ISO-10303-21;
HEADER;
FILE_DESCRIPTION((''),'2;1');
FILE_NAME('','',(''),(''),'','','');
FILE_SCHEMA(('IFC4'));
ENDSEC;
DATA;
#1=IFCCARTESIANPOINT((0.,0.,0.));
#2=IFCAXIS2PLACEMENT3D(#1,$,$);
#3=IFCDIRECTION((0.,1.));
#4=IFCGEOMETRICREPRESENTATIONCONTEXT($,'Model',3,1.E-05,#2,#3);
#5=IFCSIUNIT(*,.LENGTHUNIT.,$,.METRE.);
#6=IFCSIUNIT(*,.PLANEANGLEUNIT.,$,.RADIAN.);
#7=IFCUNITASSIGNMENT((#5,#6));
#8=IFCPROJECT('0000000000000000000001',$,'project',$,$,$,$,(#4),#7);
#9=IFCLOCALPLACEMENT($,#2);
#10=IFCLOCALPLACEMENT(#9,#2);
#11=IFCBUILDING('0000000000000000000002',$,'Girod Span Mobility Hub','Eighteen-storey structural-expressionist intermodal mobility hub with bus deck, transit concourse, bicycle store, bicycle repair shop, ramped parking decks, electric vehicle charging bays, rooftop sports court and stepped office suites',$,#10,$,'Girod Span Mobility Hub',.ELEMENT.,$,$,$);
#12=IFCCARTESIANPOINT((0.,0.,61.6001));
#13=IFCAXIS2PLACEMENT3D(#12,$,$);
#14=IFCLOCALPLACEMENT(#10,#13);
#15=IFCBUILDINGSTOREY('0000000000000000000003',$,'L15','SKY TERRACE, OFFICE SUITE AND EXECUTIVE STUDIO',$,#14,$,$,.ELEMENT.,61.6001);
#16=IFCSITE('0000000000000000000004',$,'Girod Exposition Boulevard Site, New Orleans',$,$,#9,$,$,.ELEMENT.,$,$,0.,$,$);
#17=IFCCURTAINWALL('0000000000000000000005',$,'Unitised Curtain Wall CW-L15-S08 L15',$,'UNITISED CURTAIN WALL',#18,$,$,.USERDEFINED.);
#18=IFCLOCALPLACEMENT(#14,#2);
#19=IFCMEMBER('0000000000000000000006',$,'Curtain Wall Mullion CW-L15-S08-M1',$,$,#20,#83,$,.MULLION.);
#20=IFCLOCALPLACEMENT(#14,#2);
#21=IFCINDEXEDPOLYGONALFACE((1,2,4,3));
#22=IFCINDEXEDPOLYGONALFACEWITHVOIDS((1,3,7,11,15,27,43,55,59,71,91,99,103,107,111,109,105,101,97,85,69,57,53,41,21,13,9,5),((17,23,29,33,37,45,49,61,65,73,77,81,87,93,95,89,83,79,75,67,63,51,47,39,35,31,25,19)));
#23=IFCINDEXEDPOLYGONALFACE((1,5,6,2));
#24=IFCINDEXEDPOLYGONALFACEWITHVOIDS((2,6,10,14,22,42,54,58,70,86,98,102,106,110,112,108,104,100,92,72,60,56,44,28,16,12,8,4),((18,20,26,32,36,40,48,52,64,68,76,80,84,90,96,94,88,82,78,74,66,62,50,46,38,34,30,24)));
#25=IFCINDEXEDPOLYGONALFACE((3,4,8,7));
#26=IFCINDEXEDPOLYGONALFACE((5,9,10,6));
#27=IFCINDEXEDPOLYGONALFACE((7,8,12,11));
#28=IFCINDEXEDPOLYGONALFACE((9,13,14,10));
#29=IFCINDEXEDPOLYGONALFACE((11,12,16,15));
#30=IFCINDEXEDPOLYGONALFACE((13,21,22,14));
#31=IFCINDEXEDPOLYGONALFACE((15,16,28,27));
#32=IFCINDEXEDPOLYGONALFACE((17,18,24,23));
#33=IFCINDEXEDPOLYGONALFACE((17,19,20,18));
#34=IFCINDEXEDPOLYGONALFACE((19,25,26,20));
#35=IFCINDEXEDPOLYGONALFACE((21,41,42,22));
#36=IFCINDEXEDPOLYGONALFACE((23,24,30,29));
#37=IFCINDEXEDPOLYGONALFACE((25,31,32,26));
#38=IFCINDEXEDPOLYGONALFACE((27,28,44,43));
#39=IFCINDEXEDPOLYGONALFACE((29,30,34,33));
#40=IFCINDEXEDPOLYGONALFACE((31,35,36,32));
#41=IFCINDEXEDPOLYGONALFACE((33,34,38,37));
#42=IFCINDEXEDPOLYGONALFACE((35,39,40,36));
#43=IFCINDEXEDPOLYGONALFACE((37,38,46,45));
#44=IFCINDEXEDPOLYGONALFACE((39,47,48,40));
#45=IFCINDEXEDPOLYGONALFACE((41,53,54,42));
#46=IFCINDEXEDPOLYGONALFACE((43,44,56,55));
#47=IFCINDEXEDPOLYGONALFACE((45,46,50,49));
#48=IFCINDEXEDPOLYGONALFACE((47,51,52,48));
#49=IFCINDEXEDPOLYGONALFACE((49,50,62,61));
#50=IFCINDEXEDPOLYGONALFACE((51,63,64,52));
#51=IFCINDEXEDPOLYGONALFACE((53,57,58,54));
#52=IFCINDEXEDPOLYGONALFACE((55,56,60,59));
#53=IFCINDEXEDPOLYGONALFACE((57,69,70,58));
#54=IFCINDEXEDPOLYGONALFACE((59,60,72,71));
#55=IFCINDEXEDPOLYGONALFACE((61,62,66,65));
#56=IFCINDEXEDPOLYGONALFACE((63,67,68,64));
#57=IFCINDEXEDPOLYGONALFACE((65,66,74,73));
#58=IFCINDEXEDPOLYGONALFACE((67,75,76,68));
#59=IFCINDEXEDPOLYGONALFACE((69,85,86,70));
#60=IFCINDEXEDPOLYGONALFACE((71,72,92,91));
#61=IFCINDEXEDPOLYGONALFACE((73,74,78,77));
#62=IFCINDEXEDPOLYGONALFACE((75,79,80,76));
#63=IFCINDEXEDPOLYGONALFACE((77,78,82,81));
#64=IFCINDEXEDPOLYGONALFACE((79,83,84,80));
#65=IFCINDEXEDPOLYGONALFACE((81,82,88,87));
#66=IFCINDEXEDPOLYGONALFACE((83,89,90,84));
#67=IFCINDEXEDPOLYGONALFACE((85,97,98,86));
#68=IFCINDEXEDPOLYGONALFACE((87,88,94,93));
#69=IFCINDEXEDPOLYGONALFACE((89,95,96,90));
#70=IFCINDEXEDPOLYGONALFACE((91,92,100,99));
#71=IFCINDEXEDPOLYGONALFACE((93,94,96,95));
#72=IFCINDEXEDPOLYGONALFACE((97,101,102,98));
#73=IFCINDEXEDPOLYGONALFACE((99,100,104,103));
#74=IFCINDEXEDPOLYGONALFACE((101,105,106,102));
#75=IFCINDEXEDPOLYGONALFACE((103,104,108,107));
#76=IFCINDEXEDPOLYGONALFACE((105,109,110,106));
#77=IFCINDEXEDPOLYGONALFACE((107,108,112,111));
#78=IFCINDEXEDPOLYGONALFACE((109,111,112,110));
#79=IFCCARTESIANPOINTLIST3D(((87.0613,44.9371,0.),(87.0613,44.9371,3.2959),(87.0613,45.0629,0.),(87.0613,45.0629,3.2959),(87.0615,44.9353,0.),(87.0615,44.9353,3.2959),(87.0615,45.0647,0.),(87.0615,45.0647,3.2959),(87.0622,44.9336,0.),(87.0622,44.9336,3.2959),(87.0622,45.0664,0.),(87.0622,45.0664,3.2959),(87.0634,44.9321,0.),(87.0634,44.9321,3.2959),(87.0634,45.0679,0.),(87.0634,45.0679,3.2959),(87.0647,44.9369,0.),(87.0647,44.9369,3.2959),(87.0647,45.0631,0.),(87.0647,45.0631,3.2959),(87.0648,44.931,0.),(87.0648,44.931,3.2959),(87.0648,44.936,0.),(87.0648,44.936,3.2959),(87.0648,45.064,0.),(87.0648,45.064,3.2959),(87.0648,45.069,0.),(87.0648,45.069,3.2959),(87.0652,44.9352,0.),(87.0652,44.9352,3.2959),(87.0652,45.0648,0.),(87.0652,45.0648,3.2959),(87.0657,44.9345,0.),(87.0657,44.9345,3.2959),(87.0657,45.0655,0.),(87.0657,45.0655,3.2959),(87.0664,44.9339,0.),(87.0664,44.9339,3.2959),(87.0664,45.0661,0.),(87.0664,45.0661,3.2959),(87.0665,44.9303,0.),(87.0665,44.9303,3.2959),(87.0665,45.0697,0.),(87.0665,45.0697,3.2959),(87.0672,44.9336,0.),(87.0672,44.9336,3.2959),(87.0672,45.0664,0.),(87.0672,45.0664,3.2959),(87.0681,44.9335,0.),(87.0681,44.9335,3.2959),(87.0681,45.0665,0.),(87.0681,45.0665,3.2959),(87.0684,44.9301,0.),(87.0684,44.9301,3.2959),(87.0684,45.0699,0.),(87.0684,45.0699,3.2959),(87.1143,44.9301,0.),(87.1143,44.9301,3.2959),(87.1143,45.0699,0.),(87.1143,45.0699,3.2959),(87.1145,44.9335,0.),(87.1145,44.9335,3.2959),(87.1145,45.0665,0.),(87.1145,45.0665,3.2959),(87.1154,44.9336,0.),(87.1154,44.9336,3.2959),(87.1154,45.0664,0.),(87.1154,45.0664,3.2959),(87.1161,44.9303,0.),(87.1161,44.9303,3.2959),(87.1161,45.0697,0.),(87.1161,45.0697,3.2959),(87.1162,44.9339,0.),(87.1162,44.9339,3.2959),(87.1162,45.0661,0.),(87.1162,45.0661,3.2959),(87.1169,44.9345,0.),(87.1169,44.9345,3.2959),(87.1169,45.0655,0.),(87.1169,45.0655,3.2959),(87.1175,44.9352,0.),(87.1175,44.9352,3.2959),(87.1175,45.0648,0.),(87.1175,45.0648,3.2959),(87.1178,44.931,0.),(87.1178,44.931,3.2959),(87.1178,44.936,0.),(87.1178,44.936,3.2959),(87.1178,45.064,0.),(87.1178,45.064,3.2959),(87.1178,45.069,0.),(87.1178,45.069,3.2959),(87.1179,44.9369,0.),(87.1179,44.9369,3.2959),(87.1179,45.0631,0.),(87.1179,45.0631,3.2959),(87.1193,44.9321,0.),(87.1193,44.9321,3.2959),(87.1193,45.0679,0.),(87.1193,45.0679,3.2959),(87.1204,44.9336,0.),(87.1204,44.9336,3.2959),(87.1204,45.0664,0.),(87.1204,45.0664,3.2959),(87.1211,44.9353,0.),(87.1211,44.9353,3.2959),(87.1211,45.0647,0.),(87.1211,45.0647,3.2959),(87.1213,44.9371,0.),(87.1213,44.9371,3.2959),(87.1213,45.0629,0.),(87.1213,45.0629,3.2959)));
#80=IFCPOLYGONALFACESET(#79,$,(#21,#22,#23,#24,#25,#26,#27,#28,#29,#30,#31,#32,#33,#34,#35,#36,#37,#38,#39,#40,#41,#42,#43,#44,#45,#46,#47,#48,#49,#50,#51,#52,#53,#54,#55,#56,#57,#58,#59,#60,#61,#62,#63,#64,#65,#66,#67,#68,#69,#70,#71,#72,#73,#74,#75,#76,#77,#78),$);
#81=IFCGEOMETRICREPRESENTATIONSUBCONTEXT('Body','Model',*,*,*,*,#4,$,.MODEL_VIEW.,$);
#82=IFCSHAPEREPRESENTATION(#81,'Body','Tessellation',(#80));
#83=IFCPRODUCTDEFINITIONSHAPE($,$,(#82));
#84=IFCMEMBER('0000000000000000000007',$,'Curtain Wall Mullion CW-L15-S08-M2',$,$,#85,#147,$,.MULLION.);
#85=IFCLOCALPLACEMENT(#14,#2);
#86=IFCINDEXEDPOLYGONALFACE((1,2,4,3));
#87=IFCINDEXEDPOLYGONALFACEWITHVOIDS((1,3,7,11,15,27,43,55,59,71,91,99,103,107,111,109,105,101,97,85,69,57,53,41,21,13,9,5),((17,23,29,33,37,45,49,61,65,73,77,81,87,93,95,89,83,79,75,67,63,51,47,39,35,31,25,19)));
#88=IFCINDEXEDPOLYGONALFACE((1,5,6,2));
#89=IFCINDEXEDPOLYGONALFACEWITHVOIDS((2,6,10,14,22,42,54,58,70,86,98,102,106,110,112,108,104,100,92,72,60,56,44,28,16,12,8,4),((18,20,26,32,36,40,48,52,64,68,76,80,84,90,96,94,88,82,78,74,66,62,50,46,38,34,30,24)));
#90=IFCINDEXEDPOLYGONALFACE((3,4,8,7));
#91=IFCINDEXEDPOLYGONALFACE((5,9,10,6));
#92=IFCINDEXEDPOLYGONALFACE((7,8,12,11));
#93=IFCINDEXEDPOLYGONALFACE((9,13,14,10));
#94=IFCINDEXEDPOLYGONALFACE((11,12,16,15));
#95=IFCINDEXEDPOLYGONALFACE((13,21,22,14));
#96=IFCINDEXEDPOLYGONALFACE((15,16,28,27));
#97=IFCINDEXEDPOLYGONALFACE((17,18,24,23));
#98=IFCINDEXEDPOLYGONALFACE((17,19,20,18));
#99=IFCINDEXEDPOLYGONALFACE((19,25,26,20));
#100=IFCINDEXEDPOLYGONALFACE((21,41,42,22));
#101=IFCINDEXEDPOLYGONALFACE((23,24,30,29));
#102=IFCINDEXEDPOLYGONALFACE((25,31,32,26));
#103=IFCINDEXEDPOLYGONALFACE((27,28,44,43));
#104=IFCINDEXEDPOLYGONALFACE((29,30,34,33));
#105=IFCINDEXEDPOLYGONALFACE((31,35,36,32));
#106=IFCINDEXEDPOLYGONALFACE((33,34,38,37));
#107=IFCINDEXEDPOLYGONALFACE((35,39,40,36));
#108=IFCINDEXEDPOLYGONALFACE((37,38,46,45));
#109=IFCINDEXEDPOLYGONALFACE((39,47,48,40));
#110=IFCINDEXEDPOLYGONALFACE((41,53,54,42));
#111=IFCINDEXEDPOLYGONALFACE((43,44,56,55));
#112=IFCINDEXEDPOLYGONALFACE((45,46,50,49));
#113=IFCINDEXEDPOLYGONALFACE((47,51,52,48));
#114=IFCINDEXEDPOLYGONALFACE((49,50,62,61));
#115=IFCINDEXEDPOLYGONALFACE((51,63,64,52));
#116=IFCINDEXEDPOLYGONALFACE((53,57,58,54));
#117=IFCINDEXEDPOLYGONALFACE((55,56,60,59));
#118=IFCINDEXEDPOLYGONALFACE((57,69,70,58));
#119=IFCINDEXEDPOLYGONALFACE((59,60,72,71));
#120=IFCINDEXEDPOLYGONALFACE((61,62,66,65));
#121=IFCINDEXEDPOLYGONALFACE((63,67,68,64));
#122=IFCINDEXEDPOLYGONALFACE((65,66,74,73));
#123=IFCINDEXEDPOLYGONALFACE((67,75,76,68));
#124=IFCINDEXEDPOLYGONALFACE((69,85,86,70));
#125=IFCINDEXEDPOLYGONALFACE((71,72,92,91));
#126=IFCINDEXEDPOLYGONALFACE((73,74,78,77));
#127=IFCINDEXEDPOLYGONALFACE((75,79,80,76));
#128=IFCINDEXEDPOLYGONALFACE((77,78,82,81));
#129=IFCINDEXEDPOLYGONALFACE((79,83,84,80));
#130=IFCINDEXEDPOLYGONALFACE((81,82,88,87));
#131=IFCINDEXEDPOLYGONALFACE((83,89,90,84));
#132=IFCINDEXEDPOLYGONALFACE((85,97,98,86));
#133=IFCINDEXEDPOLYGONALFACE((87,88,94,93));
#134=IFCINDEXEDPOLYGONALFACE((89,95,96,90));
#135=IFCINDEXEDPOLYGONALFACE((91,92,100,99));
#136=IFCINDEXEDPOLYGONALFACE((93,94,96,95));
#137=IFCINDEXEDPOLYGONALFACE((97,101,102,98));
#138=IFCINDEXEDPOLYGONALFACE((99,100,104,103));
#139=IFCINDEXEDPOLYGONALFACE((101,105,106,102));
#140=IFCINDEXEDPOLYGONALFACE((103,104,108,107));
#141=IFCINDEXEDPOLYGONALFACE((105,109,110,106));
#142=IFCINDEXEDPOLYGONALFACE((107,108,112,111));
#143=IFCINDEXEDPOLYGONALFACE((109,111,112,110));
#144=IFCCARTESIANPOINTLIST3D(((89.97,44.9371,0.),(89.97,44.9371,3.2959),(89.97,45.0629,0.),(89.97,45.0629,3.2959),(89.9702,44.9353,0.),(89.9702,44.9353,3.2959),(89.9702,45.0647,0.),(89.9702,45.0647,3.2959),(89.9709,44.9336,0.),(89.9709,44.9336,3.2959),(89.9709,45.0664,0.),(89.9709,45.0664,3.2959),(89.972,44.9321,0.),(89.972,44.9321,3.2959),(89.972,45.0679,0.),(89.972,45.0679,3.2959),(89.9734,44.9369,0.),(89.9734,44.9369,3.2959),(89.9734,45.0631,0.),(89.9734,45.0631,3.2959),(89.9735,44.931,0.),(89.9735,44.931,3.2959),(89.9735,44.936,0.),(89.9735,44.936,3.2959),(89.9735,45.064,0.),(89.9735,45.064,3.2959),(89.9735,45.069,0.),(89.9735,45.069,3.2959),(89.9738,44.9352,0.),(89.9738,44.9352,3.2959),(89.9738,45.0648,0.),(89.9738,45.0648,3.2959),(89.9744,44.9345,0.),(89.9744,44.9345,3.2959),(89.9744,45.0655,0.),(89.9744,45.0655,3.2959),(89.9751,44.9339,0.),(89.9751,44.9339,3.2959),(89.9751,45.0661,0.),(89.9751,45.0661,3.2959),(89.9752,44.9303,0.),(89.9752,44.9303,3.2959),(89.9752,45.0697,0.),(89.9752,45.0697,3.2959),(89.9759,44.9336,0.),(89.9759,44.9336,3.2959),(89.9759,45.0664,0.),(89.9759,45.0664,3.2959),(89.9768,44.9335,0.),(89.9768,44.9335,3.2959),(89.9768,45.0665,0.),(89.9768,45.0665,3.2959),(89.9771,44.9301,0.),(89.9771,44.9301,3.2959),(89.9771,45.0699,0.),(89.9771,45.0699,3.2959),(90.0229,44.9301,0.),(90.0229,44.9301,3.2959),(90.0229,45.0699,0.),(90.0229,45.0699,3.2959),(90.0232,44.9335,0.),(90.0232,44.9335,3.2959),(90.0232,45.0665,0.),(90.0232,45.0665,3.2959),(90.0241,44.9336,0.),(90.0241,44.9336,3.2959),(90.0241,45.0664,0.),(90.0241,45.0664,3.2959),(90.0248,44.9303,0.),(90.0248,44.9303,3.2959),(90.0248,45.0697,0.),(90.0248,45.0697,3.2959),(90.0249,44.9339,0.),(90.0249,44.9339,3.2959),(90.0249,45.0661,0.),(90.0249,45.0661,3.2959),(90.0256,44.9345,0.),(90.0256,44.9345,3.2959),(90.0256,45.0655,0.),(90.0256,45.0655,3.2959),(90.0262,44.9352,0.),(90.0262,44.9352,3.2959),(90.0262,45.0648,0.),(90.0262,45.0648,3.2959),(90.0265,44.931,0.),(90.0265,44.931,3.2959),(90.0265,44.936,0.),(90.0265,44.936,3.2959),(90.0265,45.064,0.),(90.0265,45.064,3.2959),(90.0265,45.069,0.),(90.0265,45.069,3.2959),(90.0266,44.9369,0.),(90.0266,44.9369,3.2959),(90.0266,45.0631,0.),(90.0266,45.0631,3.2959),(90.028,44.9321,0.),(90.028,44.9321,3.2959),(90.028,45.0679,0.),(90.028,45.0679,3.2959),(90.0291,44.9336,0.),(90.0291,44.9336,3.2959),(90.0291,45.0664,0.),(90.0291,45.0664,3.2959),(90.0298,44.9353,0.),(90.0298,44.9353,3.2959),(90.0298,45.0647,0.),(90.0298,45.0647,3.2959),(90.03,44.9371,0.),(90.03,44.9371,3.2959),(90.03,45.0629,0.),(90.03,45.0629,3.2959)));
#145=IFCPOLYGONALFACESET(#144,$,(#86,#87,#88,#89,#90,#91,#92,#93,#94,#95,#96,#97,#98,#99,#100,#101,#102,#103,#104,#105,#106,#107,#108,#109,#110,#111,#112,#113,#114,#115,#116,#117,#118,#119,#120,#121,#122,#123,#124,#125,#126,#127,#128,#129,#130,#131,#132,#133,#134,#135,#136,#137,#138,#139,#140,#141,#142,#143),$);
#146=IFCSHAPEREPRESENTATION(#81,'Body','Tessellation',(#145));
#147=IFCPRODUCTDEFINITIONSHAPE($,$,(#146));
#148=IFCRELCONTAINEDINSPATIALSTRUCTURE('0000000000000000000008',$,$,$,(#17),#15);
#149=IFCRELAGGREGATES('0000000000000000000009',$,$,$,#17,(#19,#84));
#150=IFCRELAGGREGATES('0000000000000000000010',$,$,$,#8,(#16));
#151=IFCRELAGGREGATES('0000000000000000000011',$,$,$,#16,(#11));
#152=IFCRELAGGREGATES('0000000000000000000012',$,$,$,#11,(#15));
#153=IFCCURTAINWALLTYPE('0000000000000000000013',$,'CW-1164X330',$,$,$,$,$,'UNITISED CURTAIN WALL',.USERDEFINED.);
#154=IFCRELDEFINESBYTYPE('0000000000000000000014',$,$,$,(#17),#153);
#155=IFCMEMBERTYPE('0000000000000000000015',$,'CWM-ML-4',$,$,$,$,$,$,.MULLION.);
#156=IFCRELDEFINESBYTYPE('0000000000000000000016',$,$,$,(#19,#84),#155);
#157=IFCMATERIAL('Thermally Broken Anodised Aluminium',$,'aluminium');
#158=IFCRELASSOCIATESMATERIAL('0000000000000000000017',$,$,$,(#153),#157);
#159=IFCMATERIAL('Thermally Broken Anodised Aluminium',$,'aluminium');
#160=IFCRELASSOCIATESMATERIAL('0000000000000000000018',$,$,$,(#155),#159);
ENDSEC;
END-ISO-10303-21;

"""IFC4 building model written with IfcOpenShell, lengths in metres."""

from ifc_helpers import new_model, si_unit, direction, frame, origin, origin_2d, place, context, subcontext, project, spatial, hollow_rectangle, extrude, material, material_profile, profile_set, type_object, element, aggregate, save


model = new_model("IFC4")

# Units and contexts
model_context = context("Model", 3, precision=1e-05, world=origin(), true_north=direction((0.0, 1.0)))
body_context = subcontext(model_context, "Body", "Model", "MODEL_VIEW")
ifc_project = project(units=[si_unit("LENGTHUNIT", "METRE"), si_unit("PLANEANGLEUNIT", "RADIAN")], contexts=[model_context])

# Site, building, storey
site_placement = place(None, origin())
site = spatial("IfcSite", under=ifc_project, at=site_placement, Name="Girod Exposition Boulevard Site, New Orleans", CompositionType="ELEMENT", RefElevation=0.0)
building_placement = place(site_placement, origin())
building = spatial("IfcBuilding", under=site, at=building_placement, Name="Girod Span Mobility Hub", Description="Eighteen-storey structural-expressionist intermodal mobility hub with bus deck, transit concourse, bicycle store, bicycle repair shop, ramped parking decks, electric vehicle charging bays, rooftop sports court and stepped office suites", LongName="Girod Span Mobility Hub", CompositionType="ELEMENT")
storey_placement = place(building_placement, frame((0.0, 0.0, 61.6001)))
storey = spatial("IfcBuildingStorey", under=building, at=storey_placement, Name="L15", Description="SKY TERRACE, OFFICE SUITE AND EXECUTIVE STUDIO", CompositionType="ELEMENT", Elevation=61.6001)

# Shared definitions
ifc_material_1 = material(Name="Thermally Broken Anodised Aluminium", Category="aluminium")
curtain_wall_type = type_object("IfcCurtainWallType", Name="CW-1164X330", ElementType="UNITISED CURTAIN WALL", PredefinedType="USERDEFINED", material=ifc_material_1)
ifc_material_2 = material(Name="Thermally Broken Anodised Aluminium", Category="aluminium")
ifc_material_profile_1 = material_profile(ifc_material_2, hollow_rectangle(XDim=0.1399, YDim=0.0601, WallThickness=0.0034, InnerFilletRadius=0.0034, OuterFilletRadius=0.0071, at=origin_2d()), Name="CW-ML-60X140")
ifc_profile_set_1 = profile_set([ifc_material_profile_1], Name="Thermally Broken Anodised Aluminium")
member_type_1 = type_object("IfcMemberType", Name="CWM-ML-4", PredefinedType="MULLION", material=ifc_profile_set_1)

# Curtain wall, members
curtain_wall_1_placement = place(storey_placement, origin())
curtain_wall_1 = element("IfcCurtainWall", 1, at=curtain_wall_1_placement, inside=storey, type_object=curtain_wall_type, Name="Unitised Curtain Wall CW-L15-S08 L15", ObjectType="UNITISED CURTAIN WALL", PredefinedType="USERDEFINED")
member_1_placement = place(storey_placement, frame((87.0913, 45.0, 0.0), z_axis=(0.0, 0.0, 1.0), x_axis=(0.0, 1.0, 0.0)))
member_1 = element("IfcMember", 2, at=member_1_placement, type_object=member_type_1, Name="Curtain Wall Mullion CW-L15-S08-M1", PredefinedType="MULLION", context=body_context, shape_type="SweptSolid", body=[
    extrude(hollow_rectangle(XDim=0.1399, YDim=0.0601, WallThickness=0.0034, InnerFilletRadius=0.0034, OuterFilletRadius=0.0071, at=origin_2d()), origin(), (0.0, 0.0, 1.0), 3.2959),
])
member_2_placement = place(storey_placement, frame((90.0, 45.0, 0.0), z_axis=(0.0, 0.0, 1.0), x_axis=(0.0, 1.0, 0.0)))
member_2 = element("IfcMember", 3, at=member_2_placement, type_object=member_type_1, Name="Curtain Wall Mullion CW-L15-S08-M2", PredefinedType="MULLION", context=body_context, shape_type="SweptSolid", body=[
    extrude(hollow_rectangle(XDim=0.1399, YDim=0.0601, WallThickness=0.0034, InnerFilletRadius=0.0034, OuterFilletRadius=0.0071, at=origin_2d()), origin(), (0.0, 0.0, 1.0), 3.2959),
])

aggregate(curtain_wall_1, [member_1, member_2])

save(model, "model.ifc")
